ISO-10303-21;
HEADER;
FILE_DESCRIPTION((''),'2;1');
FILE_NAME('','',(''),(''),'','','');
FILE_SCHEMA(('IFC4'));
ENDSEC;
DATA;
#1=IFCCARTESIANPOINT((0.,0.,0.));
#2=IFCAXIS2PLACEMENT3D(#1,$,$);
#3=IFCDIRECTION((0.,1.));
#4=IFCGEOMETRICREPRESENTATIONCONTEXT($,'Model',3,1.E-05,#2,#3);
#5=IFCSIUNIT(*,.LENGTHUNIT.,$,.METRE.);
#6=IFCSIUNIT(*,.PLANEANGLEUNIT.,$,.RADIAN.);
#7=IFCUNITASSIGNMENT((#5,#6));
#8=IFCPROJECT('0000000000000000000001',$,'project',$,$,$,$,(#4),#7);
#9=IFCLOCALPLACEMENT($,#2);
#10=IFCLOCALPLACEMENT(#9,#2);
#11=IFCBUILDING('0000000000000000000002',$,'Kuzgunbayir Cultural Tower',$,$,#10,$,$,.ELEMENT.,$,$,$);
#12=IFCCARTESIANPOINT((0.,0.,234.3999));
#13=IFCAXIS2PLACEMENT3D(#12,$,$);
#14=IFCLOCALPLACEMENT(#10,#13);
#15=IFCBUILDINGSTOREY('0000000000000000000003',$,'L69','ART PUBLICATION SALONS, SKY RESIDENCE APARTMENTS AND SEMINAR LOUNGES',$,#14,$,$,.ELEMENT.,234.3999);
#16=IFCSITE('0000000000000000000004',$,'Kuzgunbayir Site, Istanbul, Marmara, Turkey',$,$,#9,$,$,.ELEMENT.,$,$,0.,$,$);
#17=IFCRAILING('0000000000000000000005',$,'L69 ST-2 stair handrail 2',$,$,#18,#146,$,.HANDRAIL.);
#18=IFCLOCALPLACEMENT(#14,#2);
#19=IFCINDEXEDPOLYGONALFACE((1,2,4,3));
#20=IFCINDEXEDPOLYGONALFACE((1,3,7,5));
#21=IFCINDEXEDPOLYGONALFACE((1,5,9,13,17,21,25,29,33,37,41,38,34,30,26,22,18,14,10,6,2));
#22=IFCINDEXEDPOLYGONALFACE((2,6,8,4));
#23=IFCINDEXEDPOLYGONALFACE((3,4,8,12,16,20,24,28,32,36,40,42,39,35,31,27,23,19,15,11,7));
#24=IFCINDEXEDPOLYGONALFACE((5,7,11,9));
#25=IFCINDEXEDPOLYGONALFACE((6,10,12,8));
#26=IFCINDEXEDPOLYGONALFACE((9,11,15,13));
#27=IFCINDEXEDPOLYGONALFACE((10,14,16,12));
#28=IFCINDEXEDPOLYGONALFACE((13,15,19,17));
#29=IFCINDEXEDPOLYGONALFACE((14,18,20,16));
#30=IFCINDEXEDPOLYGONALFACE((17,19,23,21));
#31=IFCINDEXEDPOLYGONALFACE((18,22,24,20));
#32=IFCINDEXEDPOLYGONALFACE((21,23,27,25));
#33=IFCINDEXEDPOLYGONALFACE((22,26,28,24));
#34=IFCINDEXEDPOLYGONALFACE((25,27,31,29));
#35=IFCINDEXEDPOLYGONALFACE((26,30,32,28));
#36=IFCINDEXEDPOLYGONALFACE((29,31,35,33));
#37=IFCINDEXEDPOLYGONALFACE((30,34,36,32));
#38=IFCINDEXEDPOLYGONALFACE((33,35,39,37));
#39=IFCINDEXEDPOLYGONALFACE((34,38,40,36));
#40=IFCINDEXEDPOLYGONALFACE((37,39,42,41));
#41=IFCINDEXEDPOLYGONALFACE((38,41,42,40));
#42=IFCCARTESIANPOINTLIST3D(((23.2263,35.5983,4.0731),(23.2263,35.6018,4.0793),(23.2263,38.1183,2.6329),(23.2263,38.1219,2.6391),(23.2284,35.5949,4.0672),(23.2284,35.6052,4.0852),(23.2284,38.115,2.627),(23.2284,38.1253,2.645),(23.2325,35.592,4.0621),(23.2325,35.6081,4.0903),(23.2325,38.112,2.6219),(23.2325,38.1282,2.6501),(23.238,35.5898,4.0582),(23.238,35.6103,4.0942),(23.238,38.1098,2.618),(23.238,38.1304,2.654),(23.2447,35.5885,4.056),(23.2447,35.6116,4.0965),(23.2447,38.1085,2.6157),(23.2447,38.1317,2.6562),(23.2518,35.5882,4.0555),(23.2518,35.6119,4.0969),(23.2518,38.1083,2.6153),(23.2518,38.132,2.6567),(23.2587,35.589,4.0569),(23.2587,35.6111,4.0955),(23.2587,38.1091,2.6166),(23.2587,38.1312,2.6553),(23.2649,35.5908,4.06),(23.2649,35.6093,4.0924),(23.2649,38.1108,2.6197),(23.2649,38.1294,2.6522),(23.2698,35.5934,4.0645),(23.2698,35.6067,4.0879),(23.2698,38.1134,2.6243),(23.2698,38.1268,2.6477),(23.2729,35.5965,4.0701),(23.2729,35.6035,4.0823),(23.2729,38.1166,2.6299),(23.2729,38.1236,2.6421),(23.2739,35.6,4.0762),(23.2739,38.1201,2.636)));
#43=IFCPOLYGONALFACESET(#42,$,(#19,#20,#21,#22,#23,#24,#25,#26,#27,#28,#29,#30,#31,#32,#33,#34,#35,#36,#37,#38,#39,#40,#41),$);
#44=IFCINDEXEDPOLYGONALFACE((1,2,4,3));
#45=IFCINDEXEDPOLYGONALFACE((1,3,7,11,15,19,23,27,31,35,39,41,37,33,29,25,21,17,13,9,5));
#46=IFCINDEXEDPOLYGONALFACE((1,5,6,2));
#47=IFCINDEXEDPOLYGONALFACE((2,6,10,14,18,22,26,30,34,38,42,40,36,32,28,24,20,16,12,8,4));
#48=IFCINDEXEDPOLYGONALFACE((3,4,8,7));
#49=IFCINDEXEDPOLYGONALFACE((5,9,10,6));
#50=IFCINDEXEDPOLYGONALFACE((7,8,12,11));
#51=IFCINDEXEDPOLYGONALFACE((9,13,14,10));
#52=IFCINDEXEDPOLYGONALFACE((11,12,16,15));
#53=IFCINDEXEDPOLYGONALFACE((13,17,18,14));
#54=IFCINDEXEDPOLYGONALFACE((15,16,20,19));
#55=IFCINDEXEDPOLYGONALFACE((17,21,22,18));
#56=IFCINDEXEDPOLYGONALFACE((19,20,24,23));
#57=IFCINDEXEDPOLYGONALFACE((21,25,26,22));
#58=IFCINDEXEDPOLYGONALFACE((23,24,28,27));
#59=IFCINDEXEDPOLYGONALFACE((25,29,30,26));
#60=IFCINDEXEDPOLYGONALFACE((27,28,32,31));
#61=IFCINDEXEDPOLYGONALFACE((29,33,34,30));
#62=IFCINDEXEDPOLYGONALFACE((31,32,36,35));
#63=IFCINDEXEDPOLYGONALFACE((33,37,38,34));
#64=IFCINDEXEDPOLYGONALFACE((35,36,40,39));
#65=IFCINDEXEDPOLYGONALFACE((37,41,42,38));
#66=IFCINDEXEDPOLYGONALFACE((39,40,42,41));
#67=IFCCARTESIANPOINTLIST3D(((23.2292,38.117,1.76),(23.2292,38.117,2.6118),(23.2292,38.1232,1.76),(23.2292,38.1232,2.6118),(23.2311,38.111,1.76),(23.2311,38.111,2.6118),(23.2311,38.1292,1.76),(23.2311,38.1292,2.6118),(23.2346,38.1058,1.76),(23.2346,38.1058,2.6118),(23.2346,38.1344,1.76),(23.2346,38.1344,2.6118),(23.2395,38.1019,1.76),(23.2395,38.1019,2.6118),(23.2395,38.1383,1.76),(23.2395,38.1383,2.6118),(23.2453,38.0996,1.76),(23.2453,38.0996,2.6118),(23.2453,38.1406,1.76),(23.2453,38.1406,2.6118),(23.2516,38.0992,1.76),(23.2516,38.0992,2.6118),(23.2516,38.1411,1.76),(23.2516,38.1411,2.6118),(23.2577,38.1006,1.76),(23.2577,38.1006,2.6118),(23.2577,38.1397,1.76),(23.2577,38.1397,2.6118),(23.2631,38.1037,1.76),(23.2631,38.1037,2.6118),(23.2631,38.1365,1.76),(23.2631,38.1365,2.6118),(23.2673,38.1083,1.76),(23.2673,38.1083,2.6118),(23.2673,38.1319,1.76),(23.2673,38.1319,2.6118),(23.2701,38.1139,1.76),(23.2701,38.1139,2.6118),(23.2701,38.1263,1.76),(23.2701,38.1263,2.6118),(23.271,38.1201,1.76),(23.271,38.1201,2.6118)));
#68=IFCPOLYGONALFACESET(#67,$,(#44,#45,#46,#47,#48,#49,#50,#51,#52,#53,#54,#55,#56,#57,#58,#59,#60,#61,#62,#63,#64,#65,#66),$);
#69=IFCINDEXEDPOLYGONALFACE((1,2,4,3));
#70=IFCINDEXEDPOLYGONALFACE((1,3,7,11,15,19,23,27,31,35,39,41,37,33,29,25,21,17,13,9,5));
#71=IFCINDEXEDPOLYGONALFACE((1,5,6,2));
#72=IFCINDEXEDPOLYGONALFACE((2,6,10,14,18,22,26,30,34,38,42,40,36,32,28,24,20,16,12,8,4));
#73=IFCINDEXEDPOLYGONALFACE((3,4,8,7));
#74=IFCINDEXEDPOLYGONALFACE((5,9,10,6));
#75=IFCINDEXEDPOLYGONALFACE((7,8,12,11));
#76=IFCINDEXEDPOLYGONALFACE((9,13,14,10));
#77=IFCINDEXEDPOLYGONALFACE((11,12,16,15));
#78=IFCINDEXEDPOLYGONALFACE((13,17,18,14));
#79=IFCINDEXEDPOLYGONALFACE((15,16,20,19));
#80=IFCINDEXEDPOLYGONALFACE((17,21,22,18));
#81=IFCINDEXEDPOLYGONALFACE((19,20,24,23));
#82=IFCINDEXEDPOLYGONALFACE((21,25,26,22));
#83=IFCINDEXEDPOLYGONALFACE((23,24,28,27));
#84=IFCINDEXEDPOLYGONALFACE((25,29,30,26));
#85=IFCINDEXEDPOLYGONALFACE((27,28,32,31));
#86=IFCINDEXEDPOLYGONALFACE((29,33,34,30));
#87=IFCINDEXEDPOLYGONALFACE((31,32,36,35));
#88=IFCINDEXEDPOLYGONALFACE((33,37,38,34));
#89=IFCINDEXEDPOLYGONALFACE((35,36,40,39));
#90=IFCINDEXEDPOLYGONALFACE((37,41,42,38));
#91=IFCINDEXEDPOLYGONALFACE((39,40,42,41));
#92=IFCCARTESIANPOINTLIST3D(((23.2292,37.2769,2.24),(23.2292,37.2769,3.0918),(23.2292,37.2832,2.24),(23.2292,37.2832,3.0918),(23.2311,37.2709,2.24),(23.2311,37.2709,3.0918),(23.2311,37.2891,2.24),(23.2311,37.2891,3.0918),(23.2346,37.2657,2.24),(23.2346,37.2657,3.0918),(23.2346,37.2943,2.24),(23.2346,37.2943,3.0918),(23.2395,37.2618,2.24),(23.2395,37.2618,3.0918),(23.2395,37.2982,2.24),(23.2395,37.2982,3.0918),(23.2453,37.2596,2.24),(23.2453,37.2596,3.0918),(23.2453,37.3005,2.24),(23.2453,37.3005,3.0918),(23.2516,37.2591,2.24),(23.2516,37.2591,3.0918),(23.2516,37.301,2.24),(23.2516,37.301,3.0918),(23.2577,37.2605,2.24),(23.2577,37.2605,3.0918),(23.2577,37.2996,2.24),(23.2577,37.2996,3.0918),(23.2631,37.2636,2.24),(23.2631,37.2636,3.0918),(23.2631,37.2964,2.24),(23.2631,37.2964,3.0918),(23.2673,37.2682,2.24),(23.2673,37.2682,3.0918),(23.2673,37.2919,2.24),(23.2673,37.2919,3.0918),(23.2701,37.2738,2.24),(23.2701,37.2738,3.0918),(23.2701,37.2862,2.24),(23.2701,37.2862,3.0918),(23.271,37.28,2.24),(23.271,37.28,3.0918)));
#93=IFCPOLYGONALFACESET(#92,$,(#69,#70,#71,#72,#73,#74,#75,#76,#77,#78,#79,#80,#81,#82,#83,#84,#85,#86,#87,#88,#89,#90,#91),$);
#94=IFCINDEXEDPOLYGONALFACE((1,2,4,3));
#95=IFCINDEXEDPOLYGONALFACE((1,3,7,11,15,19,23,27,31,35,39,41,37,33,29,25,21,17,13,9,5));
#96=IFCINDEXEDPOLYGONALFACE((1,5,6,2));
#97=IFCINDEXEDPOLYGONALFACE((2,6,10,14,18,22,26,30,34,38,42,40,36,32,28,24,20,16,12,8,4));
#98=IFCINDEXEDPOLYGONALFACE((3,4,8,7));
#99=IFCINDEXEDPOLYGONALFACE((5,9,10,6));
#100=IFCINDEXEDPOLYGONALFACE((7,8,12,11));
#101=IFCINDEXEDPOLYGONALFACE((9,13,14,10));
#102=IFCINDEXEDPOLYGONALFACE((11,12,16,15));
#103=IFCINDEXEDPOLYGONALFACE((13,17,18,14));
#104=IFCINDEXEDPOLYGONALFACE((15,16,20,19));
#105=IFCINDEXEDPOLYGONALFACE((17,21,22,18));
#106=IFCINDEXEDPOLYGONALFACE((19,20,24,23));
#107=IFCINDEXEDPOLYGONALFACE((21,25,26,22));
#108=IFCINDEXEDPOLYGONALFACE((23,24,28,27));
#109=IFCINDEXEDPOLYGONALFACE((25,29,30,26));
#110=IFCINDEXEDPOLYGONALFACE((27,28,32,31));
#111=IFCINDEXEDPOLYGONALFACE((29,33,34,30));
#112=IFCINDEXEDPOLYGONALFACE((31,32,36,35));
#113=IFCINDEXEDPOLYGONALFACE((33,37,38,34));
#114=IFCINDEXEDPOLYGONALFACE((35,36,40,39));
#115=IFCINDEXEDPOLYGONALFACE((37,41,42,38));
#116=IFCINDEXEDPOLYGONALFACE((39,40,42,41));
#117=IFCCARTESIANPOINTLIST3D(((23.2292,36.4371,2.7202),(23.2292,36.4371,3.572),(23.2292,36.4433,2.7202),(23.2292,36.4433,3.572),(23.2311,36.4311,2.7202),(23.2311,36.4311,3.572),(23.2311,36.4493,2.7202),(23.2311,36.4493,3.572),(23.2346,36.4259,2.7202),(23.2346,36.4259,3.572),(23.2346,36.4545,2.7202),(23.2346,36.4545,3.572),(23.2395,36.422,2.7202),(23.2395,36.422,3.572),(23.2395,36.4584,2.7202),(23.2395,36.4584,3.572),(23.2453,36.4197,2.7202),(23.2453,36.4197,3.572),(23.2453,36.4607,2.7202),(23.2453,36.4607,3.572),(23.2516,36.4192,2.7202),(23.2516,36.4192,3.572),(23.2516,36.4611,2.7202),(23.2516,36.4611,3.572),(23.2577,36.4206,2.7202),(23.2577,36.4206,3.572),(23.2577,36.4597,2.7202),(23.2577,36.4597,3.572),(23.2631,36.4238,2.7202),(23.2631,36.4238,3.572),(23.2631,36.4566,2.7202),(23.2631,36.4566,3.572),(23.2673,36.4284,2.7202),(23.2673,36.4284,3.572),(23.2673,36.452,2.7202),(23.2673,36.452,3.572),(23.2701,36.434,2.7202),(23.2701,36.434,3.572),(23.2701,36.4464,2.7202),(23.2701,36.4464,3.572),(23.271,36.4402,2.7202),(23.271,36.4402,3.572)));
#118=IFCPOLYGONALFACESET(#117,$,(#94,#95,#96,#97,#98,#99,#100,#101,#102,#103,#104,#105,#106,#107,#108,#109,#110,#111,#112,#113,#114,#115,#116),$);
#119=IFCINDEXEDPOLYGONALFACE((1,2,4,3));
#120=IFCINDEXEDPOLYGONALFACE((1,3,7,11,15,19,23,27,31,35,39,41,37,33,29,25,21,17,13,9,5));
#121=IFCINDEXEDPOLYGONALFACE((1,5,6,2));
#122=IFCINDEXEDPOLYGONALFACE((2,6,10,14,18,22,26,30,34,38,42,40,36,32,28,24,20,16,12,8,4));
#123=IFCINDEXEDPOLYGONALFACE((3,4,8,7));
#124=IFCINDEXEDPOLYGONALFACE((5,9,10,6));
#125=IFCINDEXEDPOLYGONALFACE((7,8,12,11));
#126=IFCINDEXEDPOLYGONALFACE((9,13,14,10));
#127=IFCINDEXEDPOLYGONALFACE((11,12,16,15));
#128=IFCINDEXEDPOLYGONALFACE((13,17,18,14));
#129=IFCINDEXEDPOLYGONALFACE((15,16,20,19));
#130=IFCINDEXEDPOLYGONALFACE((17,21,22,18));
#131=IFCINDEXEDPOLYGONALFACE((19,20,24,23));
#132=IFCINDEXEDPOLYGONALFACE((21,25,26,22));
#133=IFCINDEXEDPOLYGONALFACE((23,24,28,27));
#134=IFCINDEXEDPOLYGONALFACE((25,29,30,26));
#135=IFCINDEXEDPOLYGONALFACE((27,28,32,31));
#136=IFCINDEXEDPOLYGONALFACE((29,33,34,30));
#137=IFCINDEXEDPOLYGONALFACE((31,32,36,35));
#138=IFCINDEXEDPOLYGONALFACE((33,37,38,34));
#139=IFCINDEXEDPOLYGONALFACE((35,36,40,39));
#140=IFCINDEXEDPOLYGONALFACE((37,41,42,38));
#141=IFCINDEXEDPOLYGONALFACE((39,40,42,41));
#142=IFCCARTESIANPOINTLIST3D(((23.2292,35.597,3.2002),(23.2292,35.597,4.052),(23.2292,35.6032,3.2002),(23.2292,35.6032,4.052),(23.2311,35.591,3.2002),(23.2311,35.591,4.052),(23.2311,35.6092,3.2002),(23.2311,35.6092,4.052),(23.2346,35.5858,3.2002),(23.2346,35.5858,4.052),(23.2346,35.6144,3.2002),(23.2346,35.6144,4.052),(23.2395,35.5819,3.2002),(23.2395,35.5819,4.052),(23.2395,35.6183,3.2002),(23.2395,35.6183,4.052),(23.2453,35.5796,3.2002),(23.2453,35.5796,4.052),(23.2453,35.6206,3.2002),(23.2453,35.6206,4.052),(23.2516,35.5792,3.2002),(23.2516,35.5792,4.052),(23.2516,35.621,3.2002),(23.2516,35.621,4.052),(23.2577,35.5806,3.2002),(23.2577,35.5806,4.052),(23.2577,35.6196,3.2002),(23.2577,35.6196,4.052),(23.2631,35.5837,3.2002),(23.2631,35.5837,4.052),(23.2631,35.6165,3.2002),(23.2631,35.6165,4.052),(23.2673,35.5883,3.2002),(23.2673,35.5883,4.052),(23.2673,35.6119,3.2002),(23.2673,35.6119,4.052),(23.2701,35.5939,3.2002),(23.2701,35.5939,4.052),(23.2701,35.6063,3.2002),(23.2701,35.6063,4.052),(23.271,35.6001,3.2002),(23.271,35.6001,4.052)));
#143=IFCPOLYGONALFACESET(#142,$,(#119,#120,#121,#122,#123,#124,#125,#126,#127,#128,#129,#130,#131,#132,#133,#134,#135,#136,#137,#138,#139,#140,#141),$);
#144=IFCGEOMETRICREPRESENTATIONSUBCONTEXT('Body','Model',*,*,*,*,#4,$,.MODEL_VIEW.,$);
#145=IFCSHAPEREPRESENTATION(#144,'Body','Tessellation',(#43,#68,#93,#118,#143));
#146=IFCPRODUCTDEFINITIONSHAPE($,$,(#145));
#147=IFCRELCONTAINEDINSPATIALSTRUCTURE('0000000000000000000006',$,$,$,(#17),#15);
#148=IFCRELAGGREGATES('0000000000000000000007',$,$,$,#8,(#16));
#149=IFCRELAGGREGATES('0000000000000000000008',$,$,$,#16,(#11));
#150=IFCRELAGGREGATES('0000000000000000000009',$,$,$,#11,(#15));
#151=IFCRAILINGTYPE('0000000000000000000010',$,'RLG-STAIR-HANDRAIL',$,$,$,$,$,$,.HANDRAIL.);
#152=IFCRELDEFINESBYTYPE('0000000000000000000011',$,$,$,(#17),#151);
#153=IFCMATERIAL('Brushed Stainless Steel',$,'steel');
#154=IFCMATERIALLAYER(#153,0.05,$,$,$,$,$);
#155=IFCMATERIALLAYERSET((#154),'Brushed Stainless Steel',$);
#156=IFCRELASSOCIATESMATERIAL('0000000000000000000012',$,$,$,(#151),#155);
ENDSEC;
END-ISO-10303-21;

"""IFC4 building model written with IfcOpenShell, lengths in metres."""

from ifc_helpers import new_model, si_unit, direction, frame, origin, origin_2d, place, context, subcontext, project, spatial, circle, extrude, material, layer, layer_set, type_object, element, save


model = new_model("IFC4")

# Units and contexts
model_context = context("Model", 3, precision=1e-05, world=origin(), true_north=direction((0.0, 1.0)))
body_context = subcontext(model_context, "Body", "Model", "MODEL_VIEW")
ifc_project = project(units=[si_unit("LENGTHUNIT", "METRE"), si_unit("PLANEANGLEUNIT", "RADIAN")], contexts=[model_context])

# Site, building, storey
site_placement = place(None, origin())
site = spatial("IfcSite", under=ifc_project, at=site_placement, Name="Kuzgunbayir Site, Istanbul, Marmara, Turkey", CompositionType="ELEMENT", RefElevation=0.0)
building_placement = place(site_placement, origin())
building = spatial("IfcBuilding", under=site, at=building_placement, Name="Kuzgunbayir Cultural Tower", CompositionType="ELEMENT")
storey_placement = place(building_placement, frame((0.0, 0.0, 234.3999)))
storey = spatial("IfcBuildingStorey", under=building, at=storey_placement, Name="L69", Description="ART PUBLICATION SALONS, SKY RESIDENCE APARTMENTS AND SEMINAR LOUNGES", CompositionType="ELEMENT", Elevation=234.3999)

# Railing
ifc_material_1 = material(Name="Brushed Stainless Steel", Category="steel")
ifc_layer_1 = layer(ifc_material_1, 0.05)
ifc_layer_set_1 = layer_set([ifc_layer_1], Name="Brushed Stainless Steel")
railing_type_1 = type_object("IfcRailingType", Name="RLG-STAIR-HANDRAIL", PredefinedType="HANDRAIL", material=ifc_layer_set_1)
railing_1_placement = place(storey_placement, frame((23.25, 38.1201, 1.76)))
element("IfcRailing", 1, at=railing_1_placement, inside=storey, type_object=railing_type_1, Name="L69 ST-2 stair handrail 2", PredefinedType="HANDRAIL", context=body_context, shape_type="SweptSolid", body=[
    extrude(circle(Radius=0.0239, at=origin_2d()), frame((0.0, 0.0, 0.876), z_axis=(0.0, -0.868217, 0.496184), x_axis=(1.0, 0.0, 0.0)), (0.0, 0.0, 1.0), 2.9026),
    extrude(circle(Radius=0.021, at=origin_2d()), origin(), (0.0, 0.0, 1.0), 0.8518),
    extrude(circle(Radius=0.021, at=origin_2d()), frame((0.0, -0.8401, 0.48)), (0.0, 0.0, 1.0), 0.8518),
    extrude(circle(Radius=0.021, at=origin_2d()), frame((0.0, -1.6799, 0.9602)), (0.0, 0.0, 1.0), 0.8518),
    extrude(circle(Radius=0.021, at=origin_2d()), frame((0.0, -2.52, 1.4402)), (0.0, 0.0, 1.0), 0.8518),
])

save(model, "model.ifc")
